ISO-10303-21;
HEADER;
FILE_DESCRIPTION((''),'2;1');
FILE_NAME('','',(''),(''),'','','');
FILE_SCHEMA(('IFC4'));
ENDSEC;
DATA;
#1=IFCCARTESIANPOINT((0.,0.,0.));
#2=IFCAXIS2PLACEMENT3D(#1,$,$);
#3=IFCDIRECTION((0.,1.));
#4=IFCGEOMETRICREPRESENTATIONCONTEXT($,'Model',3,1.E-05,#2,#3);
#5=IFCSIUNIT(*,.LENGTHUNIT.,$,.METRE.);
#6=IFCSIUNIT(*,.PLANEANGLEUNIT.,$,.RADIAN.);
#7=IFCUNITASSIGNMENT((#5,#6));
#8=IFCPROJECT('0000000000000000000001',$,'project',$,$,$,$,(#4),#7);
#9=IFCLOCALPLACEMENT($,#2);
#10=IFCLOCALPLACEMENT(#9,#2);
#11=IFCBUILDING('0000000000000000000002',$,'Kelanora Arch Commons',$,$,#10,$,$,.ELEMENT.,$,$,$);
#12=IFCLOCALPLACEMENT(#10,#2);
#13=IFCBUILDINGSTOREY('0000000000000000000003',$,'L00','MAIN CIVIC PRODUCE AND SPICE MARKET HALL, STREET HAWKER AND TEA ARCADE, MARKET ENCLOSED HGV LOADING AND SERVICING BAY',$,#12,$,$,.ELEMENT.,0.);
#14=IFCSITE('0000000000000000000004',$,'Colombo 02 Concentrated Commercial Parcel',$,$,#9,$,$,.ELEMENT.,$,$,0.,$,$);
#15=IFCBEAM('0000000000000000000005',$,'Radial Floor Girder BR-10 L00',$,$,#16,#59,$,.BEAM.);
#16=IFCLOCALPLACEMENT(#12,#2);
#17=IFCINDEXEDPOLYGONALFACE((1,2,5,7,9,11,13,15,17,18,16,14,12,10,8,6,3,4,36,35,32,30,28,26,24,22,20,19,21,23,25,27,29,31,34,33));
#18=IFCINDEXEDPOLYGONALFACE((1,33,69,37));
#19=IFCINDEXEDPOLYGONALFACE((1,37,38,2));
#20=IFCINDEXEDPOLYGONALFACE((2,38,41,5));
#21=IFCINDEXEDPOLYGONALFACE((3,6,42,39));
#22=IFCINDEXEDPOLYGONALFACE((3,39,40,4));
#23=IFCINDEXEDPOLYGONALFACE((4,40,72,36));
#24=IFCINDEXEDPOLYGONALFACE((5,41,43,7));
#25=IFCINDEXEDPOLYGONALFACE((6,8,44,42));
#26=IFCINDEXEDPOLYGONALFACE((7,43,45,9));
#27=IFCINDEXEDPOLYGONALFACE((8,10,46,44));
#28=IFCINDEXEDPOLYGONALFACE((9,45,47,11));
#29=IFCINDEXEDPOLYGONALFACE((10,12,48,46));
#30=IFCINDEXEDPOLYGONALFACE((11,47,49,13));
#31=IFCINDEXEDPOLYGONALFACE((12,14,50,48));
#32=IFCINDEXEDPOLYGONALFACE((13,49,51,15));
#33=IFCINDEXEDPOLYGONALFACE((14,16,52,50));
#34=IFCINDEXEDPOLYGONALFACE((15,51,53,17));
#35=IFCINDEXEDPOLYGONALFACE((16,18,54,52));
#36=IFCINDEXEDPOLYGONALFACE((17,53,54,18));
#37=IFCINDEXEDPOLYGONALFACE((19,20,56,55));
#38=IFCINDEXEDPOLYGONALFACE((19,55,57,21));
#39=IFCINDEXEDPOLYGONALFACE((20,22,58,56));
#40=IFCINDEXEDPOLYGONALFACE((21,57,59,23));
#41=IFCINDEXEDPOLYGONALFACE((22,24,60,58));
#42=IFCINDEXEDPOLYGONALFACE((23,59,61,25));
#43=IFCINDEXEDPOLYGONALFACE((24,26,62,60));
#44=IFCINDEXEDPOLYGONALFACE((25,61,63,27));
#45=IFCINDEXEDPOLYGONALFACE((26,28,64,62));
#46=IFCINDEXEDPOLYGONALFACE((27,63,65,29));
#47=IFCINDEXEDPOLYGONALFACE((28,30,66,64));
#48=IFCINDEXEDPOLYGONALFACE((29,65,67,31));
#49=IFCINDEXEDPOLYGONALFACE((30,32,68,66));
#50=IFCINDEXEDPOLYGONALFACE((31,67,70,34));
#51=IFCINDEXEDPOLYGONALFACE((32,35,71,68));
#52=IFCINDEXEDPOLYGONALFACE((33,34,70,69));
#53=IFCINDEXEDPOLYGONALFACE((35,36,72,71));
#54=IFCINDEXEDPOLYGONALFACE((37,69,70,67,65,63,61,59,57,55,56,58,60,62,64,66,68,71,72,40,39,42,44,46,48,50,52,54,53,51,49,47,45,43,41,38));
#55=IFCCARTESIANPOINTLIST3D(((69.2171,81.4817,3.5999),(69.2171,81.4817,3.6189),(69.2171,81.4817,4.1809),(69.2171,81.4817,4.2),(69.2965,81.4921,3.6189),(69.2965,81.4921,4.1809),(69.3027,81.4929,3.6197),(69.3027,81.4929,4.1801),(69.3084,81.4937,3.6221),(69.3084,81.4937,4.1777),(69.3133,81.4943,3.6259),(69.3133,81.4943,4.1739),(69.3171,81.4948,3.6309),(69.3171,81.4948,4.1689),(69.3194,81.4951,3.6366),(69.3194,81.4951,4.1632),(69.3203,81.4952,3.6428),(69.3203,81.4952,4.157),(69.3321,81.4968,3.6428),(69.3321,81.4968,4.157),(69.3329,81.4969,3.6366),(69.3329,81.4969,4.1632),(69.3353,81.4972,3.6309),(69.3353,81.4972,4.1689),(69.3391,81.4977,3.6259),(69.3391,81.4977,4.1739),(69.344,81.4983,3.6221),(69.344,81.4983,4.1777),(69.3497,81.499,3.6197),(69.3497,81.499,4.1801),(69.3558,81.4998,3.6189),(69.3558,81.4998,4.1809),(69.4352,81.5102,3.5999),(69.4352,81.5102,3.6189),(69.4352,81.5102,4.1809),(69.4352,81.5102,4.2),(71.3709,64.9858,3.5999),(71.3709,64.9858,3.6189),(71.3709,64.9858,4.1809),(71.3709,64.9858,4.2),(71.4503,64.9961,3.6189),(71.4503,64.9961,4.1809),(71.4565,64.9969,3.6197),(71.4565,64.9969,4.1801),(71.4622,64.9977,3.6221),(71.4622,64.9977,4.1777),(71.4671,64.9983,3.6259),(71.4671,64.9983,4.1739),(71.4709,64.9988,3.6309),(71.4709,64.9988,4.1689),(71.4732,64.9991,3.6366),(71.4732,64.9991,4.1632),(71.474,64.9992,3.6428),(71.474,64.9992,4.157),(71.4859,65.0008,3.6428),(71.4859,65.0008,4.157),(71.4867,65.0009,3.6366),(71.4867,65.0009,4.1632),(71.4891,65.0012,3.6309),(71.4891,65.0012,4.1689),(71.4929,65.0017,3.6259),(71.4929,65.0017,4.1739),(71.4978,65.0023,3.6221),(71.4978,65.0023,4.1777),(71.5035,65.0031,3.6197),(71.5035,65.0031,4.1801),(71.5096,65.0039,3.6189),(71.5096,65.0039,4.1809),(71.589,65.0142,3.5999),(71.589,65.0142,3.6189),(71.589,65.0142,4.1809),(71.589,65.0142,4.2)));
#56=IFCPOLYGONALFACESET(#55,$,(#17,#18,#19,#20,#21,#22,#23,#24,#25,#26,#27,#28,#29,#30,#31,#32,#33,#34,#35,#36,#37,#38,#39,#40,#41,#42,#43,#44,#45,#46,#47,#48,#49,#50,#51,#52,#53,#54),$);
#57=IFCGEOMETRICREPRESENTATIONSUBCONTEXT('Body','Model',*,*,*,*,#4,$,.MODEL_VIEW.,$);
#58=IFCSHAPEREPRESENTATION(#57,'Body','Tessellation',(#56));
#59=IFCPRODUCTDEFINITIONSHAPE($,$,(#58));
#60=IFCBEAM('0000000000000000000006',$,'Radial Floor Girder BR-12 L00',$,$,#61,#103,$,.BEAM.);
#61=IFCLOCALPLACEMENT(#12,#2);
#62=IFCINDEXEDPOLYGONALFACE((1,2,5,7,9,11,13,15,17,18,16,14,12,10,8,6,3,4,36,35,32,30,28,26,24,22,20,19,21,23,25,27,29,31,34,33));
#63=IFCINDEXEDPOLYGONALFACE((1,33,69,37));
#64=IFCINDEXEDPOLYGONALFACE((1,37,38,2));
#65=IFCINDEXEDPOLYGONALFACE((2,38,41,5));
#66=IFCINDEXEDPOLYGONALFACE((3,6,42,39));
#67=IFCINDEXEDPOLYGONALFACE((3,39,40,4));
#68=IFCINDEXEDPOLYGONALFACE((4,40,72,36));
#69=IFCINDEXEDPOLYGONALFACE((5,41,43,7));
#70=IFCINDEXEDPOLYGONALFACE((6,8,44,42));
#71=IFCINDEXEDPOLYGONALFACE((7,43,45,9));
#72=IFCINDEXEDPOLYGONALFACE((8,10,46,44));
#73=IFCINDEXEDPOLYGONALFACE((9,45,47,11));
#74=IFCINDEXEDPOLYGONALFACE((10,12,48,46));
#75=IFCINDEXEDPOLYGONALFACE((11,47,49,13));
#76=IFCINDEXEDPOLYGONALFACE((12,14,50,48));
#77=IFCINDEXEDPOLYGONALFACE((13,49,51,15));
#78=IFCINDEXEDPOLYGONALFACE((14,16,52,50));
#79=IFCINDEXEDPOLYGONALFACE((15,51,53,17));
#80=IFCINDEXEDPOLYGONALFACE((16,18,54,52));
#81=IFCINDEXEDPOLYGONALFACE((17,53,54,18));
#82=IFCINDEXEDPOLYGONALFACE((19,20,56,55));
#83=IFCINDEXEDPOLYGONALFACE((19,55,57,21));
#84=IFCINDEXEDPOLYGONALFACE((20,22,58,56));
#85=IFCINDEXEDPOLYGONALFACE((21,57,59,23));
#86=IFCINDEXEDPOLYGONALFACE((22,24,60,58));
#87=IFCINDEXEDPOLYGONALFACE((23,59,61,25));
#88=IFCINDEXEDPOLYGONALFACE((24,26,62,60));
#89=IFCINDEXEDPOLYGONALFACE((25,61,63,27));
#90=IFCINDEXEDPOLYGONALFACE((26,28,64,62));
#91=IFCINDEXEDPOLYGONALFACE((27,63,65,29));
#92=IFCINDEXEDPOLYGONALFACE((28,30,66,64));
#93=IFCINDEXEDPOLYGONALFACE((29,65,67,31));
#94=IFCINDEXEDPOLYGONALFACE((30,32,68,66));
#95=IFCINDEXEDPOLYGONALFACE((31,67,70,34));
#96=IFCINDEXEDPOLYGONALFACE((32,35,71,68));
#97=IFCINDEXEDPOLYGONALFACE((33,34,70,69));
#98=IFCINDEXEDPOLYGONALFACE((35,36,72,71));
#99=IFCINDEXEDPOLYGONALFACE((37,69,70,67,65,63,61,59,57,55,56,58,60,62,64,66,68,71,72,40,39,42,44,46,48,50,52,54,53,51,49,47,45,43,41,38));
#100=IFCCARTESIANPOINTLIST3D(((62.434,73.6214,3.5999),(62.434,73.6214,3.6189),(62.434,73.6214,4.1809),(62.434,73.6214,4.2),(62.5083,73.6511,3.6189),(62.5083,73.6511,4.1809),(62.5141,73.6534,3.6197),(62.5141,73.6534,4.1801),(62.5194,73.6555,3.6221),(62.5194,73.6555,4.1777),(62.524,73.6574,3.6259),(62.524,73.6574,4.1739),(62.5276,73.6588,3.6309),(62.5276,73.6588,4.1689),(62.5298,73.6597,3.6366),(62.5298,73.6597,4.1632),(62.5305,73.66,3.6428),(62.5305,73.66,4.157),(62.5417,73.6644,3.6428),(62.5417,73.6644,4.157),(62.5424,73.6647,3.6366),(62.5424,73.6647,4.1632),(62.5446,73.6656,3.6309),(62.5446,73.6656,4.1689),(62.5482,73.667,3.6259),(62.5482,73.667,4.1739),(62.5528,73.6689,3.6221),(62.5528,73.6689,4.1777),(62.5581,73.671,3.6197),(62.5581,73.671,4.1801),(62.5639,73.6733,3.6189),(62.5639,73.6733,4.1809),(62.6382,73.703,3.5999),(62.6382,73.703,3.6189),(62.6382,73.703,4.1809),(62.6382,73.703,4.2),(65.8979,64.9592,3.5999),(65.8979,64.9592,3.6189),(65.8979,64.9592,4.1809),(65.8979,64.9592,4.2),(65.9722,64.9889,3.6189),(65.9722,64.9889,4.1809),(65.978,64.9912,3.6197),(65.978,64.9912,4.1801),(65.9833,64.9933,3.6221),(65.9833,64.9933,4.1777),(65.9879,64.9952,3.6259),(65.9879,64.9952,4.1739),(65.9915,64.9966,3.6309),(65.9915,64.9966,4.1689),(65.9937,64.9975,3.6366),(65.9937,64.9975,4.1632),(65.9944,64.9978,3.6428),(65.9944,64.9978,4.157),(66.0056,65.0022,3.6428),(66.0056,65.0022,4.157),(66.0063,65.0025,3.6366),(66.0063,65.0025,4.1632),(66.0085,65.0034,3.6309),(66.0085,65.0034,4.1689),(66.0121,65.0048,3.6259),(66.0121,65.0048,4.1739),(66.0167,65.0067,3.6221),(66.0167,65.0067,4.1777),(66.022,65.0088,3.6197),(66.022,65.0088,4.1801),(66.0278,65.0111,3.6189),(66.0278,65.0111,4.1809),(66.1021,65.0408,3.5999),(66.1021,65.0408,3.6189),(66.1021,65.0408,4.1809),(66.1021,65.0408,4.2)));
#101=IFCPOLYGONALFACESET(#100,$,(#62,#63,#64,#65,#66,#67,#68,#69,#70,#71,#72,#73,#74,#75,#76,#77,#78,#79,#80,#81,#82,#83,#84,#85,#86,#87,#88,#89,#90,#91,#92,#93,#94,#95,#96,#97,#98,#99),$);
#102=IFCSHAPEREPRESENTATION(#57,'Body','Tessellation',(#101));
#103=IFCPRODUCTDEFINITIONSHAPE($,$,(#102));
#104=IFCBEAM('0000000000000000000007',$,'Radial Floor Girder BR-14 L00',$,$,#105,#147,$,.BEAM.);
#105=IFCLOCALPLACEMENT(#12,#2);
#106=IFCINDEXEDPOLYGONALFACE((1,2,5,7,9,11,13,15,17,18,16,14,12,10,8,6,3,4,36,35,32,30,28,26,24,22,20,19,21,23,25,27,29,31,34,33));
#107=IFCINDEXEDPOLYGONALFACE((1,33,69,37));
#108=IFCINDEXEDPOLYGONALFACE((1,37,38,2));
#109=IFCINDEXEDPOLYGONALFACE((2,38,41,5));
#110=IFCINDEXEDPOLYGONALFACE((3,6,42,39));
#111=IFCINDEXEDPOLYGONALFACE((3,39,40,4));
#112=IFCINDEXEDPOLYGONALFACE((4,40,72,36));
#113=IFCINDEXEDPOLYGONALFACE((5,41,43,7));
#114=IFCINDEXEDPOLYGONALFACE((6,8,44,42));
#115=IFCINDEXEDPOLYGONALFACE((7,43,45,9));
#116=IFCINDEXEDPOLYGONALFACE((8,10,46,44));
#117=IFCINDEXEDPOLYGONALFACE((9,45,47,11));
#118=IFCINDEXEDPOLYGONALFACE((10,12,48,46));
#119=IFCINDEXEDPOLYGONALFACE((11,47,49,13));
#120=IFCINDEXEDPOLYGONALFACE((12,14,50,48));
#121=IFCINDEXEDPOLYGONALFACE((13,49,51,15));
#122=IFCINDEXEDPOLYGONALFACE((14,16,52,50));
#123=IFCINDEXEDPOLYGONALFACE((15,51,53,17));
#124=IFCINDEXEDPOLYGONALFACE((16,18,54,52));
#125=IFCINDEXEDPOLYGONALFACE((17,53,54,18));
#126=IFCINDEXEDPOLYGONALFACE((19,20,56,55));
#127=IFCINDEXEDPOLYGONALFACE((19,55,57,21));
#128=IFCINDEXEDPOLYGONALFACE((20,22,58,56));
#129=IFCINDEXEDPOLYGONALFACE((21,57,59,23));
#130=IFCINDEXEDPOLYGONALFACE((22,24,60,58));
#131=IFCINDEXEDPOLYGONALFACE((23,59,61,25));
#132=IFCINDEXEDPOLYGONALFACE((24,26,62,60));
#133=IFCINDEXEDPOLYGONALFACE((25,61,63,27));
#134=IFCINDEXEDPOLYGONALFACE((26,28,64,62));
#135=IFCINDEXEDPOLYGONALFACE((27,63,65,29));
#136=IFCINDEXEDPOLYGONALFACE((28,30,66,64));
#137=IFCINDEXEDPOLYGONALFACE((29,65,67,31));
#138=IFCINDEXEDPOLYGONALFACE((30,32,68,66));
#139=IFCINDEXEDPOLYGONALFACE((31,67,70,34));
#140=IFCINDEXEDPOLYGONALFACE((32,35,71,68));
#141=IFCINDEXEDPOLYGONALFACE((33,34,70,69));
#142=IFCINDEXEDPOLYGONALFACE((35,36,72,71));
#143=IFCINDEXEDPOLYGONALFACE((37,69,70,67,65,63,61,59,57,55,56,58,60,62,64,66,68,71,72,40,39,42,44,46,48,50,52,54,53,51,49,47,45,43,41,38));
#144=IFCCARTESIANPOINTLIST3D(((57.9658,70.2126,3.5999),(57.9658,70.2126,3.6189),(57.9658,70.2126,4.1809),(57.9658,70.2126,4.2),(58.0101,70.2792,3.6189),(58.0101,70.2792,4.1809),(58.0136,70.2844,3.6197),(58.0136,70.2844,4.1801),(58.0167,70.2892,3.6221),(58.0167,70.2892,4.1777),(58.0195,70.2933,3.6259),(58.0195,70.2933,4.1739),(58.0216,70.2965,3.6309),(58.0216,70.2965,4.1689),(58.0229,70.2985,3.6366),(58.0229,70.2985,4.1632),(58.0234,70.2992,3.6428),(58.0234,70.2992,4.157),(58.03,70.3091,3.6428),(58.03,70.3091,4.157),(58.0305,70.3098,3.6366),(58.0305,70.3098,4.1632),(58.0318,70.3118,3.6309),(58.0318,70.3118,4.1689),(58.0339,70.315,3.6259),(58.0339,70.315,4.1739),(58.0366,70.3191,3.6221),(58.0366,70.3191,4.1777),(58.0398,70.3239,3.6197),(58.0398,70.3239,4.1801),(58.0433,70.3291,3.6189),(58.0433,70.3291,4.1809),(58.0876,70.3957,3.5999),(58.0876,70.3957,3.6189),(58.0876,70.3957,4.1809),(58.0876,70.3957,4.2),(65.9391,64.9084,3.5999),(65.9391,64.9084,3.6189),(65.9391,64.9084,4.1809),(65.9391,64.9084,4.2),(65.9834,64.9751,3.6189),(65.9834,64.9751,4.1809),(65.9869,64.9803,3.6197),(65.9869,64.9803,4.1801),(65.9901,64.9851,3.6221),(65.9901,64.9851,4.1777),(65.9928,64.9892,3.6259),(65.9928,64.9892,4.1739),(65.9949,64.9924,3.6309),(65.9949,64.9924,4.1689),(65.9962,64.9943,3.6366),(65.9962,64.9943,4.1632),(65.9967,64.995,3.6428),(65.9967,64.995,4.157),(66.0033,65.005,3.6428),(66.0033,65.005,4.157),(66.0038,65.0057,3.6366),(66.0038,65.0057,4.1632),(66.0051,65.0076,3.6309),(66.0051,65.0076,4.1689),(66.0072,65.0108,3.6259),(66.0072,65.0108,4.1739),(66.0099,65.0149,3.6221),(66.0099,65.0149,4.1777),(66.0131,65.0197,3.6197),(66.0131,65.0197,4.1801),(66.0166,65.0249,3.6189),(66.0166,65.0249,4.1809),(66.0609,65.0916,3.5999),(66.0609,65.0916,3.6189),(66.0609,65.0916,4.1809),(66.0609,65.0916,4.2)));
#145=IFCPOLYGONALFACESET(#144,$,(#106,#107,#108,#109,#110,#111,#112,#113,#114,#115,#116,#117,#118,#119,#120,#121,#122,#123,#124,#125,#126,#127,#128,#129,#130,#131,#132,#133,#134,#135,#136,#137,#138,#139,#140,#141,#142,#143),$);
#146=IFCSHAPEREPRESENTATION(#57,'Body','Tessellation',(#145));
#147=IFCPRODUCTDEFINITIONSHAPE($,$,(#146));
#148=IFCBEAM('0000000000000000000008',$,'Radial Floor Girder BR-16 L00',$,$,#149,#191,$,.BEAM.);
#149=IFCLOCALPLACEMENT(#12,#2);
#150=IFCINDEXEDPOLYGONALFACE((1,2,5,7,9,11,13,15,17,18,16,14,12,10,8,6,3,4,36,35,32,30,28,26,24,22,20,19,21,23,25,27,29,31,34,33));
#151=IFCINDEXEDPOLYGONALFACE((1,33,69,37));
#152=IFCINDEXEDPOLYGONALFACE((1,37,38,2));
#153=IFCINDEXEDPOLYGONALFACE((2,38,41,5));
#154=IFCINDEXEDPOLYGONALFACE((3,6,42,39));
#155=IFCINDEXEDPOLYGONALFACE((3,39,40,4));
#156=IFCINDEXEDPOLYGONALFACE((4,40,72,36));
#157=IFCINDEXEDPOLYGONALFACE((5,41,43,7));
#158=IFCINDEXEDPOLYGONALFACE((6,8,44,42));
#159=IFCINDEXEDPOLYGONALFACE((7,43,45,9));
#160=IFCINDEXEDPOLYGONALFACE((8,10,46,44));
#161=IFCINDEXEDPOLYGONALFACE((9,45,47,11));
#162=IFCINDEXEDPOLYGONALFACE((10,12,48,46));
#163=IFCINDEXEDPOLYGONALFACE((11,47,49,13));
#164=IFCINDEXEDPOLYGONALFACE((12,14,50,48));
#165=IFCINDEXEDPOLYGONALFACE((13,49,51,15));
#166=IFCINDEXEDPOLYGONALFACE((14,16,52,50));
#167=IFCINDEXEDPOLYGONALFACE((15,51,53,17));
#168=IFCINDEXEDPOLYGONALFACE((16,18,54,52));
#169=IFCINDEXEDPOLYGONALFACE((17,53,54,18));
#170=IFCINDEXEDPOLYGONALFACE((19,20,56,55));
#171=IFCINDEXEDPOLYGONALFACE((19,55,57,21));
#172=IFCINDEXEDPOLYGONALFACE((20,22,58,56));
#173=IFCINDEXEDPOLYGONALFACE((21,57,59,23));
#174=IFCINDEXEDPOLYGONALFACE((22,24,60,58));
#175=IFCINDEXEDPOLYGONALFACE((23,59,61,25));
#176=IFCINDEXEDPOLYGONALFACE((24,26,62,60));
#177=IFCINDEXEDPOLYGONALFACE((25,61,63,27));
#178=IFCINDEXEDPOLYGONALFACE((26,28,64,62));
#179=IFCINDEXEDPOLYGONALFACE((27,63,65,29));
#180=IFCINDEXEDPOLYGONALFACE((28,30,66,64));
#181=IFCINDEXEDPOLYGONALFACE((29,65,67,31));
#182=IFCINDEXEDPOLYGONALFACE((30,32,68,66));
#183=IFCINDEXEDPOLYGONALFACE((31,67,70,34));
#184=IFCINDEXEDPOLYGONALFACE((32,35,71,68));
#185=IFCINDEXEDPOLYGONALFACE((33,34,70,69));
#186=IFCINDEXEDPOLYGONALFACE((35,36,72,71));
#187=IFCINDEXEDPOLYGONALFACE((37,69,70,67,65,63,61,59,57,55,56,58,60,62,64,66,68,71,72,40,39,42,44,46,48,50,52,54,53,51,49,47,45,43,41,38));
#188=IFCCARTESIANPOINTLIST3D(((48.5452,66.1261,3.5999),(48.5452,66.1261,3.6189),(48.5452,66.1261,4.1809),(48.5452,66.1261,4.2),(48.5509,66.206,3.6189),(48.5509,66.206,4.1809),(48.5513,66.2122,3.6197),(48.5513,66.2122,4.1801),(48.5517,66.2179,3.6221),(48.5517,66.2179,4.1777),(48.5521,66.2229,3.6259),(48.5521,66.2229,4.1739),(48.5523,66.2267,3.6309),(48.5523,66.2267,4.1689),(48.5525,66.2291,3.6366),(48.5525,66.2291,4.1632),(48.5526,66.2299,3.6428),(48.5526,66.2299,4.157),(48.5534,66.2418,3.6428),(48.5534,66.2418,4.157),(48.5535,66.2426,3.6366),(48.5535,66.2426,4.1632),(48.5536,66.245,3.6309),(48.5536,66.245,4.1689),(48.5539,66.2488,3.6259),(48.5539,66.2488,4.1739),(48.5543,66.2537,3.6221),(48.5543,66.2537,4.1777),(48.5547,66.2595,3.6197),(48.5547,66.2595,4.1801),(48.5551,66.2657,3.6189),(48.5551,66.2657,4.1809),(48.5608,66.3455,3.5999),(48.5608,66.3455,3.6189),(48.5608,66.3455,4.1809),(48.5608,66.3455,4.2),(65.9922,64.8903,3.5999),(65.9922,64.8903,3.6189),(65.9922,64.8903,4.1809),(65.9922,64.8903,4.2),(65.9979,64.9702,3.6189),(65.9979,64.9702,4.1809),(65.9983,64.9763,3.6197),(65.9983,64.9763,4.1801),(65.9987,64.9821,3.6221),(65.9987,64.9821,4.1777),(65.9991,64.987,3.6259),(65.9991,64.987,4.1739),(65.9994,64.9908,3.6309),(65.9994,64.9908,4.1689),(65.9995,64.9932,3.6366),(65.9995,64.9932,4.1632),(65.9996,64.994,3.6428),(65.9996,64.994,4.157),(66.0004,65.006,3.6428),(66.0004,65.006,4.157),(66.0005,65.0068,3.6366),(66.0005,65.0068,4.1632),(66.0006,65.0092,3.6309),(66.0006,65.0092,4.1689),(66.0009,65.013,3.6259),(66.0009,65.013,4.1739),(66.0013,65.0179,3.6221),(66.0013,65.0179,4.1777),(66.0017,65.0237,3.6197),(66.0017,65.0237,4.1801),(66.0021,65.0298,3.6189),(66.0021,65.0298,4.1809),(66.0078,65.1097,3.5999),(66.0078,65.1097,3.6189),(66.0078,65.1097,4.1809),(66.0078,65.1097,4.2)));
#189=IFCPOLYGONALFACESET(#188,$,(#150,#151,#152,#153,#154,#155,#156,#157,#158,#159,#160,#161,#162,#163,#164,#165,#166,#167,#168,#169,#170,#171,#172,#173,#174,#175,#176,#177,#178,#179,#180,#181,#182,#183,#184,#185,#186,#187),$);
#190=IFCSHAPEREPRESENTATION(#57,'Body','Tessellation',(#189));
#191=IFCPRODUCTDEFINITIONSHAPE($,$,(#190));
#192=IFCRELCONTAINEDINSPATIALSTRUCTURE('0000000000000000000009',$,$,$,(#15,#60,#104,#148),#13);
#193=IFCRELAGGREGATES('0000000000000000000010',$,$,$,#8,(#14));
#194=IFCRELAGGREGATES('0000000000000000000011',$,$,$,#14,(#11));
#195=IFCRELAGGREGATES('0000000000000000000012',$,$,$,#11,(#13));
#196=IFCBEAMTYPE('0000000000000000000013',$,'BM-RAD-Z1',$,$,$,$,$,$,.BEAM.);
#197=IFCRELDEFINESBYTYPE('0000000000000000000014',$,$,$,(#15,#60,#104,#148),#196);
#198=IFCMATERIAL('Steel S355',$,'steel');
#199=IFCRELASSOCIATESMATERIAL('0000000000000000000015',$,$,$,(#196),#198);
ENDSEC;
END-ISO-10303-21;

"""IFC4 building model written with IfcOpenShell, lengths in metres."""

from ifc_helpers import new_model, si_unit, direction, frame, origin, origin_2d, place, context, subcontext, project, spatial, i_section, extrude, material, material_profile, profile_set, type_object, element, save


model = new_model("IFC4")

# Units and contexts
model_context = context("Model", 3, precision=1e-05, world=origin(), true_north=direction((0.0, 1.0)))
body_context = subcontext(model_context, "Body", "Model", "MODEL_VIEW")
ifc_project = project(units=[si_unit("LENGTHUNIT", "METRE"), si_unit("PLANEANGLEUNIT", "RADIAN")], contexts=[model_context])

# Site, building, storey
site_placement = place(None, origin())
site = spatial("IfcSite", under=ifc_project, at=site_placement, Name="Colombo 02 Concentrated Commercial Parcel", CompositionType="ELEMENT", RefElevation=0.0)
building_placement = place(site_placement, origin())
building = spatial("IfcBuilding", under=site, at=building_placement, Name="Kelanora Arch Commons", CompositionType="ELEMENT")
storey_placement = place(building_placement, origin())
storey = spatial("IfcBuildingStorey", under=building, at=storey_placement, Name="L00", Description="MAIN CIVIC PRODUCE AND SPICE MARKET HALL, STREET HAWKER AND TEA ARCADE, MARKET ENCLOSED HGV LOADING AND SERVICING BAY", CompositionType="ELEMENT", Elevation=0.0)

# Beams
ifc_material_1 = material(Name="Steel S355", Category="steel")
ifc_material_profile_1 = material_profile(ifc_material_1, i_section(OverallWidth=0.22, OverallDepth=0.6001, WebThickness=0.012, FlangeThickness=0.019, FilletRadius=0.0239, at=origin_2d()), Name="IPE600")
ifc_profile_set_1 = profile_set([ifc_material_profile_1], Name="Steel S355")
beam_type_1 = type_object("IfcBeamType", Name="BM-RAD-Z1", PredefinedType="BEAM", material=ifc_profile_set_1)
beam_1_placement = place(storey_placement, frame((71.48, 65.0, 3.8999), z_axis=(-0.129466, 0.991584, 0.0), x_axis=(-0.991584, -0.129466, 0.0)))
element("IfcBeam", 1, at=beam_1_placement, inside=storey, type_object=beam_type_1, Name="Radial Floor Girder BR-10 L00", PredefinedType="BEAM", context=body_context, shape_type="SweptSolid", body=[
    extrude(i_section(OverallWidth=0.22, OverallDepth=0.6001, WebThickness=0.012, FlangeThickness=0.019, FilletRadius=0.0239, at=origin_2d()), origin(), (0.0, 0.0, 1.0), 16.636),
])
beam_2_placement = place(storey_placement, frame((66.0, 65.0, 3.8999), z_axis=(-0.3713, 0.928513, 0.0), x_axis=(-0.928513, -0.3713, 0.0)))
element("IfcBeam", 2, at=beam_2_placement, inside=storey, type_object=beam_type_1, Name="Radial Floor Girder BR-12 L00", PredefinedType="BEAM", context=body_context, shape_type="SweptSolid", body=[
    extrude(i_section(OverallWidth=0.22, OverallDepth=0.6001, WebThickness=0.012, FlangeThickness=0.019, FilletRadius=0.0239, at=origin_2d()), origin(), (0.0, 0.0, 1.0), 9.3291),
])
beam_3_placement = place(storey_placement, frame((66.0, 65.0, 3.8999), z_axis=(-0.832599, 0.553876, 0.0), x_axis=(-0.553876, -0.832599, 0.0)))
element("IfcBeam", 3, at=beam_3_placement, inside=storey, type_object=beam_type_1, Name="Radial Floor Girder BR-14 L00", PredefinedType="BEAM", context=body_context, shape_type="SweptSolid", body=[
    extrude(i_section(OverallWidth=0.22, OverallDepth=0.6001, WebThickness=0.012, FlangeThickness=0.019, FilletRadius=0.0239, at=origin_2d()), origin(), (0.0, 0.0, 1.0), 9.5764),
])
beam_4_placement = place(storey_placement, frame((66.0, 65.0, 3.8999), z_axis=(-0.997501, 0.070657, 0.0), x_axis=(-0.070657, -0.997501, 0.0)))
element("IfcBeam", 4, at=beam_4_placement, inside=storey, type_object=beam_type_1, Name="Radial Floor Girder BR-16 L00", PredefinedType="BEAM", context=body_context, shape_type="SweptSolid", body=[
    extrude(i_section(OverallWidth=0.22, OverallDepth=0.6001, WebThickness=0.012, FlangeThickness=0.019, FilletRadius=0.0239, at=origin_2d()), origin(), (0.0, 0.0, 1.0), 17.4907),
])

save(model, "model.ifc")
